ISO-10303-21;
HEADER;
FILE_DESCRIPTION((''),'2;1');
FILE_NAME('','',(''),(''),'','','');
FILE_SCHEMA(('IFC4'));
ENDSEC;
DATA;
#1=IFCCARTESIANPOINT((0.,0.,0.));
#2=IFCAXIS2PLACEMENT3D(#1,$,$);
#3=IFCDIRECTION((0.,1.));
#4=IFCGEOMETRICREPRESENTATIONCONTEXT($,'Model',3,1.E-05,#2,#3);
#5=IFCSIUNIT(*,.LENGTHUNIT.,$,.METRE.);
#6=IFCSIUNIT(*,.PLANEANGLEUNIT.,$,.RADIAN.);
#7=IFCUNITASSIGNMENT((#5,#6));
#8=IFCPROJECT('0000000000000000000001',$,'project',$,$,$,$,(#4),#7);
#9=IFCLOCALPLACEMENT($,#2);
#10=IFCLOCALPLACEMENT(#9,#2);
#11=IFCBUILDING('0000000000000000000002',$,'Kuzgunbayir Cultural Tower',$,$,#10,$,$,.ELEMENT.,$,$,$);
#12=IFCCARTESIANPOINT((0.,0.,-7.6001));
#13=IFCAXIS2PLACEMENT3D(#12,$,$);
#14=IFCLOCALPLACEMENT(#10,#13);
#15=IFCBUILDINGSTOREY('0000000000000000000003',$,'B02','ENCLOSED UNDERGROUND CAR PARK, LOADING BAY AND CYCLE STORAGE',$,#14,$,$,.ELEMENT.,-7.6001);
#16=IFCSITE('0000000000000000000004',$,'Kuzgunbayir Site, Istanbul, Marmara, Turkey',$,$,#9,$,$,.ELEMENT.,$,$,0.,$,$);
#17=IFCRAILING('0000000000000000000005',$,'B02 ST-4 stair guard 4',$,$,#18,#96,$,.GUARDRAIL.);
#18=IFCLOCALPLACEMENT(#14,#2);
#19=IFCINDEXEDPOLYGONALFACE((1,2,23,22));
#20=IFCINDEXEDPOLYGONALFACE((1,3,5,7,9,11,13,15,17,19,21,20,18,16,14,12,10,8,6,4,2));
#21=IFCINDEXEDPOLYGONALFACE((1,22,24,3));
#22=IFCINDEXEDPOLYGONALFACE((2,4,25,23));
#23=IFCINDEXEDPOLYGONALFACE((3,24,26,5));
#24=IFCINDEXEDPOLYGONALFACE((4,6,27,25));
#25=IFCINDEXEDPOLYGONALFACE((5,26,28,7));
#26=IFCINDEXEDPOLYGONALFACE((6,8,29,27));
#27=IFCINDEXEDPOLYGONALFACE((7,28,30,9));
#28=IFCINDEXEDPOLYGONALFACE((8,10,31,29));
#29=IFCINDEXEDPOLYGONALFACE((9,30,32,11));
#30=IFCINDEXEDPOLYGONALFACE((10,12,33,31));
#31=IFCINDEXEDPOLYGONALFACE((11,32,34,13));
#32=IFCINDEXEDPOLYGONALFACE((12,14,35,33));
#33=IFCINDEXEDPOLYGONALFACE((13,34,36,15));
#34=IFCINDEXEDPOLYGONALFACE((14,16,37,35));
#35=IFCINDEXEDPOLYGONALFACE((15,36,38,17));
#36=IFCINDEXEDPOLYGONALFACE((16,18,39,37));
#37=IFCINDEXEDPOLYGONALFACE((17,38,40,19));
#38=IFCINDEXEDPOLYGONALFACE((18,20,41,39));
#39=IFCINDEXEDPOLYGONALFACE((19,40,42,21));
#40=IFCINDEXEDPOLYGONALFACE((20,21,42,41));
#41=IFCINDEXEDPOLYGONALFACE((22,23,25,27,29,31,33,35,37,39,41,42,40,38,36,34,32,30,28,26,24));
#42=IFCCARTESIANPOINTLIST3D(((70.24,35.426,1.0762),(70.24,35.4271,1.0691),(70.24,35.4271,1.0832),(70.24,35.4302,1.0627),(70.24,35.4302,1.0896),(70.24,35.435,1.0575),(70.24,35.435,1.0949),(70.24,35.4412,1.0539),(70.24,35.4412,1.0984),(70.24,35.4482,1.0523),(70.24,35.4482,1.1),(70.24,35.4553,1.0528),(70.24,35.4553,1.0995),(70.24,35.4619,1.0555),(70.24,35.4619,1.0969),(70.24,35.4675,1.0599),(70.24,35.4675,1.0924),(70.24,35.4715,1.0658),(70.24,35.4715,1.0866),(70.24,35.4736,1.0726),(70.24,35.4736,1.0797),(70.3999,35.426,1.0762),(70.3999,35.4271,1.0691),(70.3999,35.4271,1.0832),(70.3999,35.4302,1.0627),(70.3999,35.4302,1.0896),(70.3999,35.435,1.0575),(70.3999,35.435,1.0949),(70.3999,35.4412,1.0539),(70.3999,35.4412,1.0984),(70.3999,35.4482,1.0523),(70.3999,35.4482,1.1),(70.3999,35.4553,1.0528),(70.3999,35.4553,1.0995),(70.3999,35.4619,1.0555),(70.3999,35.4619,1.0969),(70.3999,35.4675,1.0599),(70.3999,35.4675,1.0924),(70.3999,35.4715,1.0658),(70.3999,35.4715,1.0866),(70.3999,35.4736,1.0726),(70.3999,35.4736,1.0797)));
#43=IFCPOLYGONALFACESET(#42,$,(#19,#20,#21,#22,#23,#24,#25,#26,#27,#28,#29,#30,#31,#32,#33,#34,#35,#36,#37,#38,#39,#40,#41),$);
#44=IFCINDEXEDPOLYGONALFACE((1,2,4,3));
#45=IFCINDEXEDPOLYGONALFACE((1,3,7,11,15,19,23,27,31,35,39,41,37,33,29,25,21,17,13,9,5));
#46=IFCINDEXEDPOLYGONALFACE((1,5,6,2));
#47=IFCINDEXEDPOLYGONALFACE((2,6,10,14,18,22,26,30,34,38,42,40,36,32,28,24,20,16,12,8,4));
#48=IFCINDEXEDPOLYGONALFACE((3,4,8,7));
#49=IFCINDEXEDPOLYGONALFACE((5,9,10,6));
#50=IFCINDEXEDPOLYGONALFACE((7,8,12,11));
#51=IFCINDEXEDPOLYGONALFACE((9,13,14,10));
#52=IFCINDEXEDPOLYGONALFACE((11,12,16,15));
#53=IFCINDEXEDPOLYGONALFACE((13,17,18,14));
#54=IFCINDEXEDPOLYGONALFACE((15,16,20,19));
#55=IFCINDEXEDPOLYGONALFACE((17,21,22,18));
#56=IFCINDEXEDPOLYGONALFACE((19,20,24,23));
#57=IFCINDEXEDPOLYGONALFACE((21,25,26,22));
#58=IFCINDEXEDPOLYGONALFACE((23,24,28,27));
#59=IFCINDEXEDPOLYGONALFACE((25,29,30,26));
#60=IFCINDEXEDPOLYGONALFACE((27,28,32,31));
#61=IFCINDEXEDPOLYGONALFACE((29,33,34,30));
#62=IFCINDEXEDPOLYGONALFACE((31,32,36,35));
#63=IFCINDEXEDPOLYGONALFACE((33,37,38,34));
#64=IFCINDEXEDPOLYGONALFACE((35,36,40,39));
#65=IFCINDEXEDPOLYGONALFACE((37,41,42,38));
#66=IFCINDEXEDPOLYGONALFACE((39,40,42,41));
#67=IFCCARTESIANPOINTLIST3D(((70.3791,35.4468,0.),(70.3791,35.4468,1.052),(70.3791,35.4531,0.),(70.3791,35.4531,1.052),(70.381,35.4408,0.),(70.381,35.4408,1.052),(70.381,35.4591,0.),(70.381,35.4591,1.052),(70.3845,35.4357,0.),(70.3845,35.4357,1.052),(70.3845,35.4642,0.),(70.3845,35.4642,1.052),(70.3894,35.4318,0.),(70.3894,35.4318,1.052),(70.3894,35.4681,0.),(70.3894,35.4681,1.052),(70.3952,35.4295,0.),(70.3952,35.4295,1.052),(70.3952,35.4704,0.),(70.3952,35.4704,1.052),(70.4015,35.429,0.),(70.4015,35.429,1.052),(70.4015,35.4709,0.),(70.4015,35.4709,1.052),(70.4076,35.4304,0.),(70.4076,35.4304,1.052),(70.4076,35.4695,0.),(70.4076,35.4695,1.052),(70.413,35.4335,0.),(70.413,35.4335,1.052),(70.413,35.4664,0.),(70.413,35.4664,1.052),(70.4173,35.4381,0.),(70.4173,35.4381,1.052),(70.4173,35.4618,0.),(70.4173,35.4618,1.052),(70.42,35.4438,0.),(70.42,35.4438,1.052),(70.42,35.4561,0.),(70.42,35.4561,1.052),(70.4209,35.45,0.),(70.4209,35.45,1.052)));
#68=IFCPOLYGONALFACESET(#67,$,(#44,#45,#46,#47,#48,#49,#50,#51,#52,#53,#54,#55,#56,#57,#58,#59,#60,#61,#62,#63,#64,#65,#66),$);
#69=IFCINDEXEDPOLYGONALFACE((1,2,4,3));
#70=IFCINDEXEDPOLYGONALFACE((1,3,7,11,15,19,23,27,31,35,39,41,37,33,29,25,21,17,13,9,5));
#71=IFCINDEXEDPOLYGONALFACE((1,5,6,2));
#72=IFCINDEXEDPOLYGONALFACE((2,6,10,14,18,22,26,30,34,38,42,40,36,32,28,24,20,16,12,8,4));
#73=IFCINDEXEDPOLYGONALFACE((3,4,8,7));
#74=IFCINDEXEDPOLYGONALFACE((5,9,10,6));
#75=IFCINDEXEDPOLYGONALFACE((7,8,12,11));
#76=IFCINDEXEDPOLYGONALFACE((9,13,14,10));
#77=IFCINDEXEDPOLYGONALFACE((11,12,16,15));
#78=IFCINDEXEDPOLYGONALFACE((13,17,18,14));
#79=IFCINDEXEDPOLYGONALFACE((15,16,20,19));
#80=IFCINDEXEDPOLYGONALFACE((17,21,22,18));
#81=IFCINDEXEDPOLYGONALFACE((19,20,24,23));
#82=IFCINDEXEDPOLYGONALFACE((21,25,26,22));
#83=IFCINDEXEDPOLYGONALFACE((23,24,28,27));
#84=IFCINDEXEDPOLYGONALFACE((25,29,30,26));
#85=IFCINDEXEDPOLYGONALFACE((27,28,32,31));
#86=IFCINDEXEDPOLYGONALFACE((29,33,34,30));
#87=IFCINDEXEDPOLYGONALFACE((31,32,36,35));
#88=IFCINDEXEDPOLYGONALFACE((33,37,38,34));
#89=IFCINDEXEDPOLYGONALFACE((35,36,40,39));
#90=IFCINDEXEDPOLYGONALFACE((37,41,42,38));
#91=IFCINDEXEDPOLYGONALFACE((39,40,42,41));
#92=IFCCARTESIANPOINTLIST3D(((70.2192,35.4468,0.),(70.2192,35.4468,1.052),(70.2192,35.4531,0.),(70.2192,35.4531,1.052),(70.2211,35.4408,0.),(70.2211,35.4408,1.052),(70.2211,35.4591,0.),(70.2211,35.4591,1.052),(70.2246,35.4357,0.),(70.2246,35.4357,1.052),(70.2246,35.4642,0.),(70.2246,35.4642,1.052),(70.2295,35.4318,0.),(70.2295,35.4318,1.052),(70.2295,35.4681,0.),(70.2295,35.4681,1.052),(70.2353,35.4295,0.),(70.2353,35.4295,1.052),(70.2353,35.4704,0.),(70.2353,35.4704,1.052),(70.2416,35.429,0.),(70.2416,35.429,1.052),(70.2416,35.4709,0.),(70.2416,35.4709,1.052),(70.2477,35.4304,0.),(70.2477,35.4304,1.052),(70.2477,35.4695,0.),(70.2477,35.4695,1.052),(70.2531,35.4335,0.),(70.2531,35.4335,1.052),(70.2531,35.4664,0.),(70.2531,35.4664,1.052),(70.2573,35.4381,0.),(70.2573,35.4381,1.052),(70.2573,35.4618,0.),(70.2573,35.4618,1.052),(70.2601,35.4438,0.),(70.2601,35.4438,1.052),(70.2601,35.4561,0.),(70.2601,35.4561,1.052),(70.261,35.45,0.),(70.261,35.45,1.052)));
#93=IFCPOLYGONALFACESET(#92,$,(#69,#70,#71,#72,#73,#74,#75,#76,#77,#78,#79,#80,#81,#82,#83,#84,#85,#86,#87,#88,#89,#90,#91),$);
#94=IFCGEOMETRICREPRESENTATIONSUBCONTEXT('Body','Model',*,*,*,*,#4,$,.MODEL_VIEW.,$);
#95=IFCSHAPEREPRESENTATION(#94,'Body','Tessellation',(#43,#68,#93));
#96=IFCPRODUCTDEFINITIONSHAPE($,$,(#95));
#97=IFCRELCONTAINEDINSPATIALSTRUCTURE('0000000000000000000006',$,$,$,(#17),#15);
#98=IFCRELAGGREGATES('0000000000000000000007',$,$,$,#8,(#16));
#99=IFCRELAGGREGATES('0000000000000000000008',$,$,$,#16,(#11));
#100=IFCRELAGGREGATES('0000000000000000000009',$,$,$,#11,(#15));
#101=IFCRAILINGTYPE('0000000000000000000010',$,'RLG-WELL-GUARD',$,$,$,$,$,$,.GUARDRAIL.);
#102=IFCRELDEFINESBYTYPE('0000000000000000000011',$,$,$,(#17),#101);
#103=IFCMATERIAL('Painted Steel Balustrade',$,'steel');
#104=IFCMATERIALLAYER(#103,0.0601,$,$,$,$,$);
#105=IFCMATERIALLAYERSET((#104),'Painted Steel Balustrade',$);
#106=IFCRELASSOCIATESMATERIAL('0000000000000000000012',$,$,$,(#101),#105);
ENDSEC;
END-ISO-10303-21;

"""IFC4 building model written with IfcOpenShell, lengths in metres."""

from ifc_helpers import new_model, si_unit, direction, frame, origin, origin_2d, place, context, subcontext, project, spatial, circle, extrude, material, layer, layer_set, type_object, element, save


model = new_model("IFC4")

# Units and contexts
model_context = context("Model", 3, precision=1e-05, world=origin(), true_north=direction((0.0, 1.0)))
body_context = subcontext(model_context, "Body", "Model", "MODEL_VIEW")
ifc_project = project(units=[si_unit("LENGTHUNIT", "METRE"), si_unit("PLANEANGLEUNIT", "RADIAN")], contexts=[model_context])

# Site, building, storey
site_placement = place(None, origin())
site = spatial("IfcSite", under=ifc_project, at=site_placement, Name="Kuzgunbayir Site, Istanbul, Marmara, Turkey", CompositionType="ELEMENT", RefElevation=0.0)
building_placement = place(site_placement, origin())
building = spatial("IfcBuilding", under=site, at=building_placement, Name="Kuzgunbayir Cultural Tower", CompositionType="ELEMENT")
storey_placement = place(building_placement, frame((0.0, 0.0, -7.6001)))
storey = spatial("IfcBuildingStorey", under=building, at=storey_placement, Name="B02", Description="ENCLOSED UNDERGROUND CAR PARK, LOADING BAY AND CYCLE STORAGE", CompositionType="ELEMENT", Elevation=-7.6001)

# Railing
ifc_material_1 = material(Name="Painted Steel Balustrade", Category="steel")
ifc_layer_1 = layer(ifc_material_1, 0.0601)
ifc_layer_set_1 = layer_set([ifc_layer_1], Name="Painted Steel Balustrade")
railing_type = type_object("IfcRailingType", Name="RLG-WELL-GUARD", PredefinedType="GUARDRAIL", material=ifc_layer_set_1)
railing_1_placement = place(storey_placement, frame((70.3999, 35.45, 0.0)))
element("IfcRailing", 1, at=railing_1_placement, inside=storey, type_object=railing_type, Name="B02 ST-4 stair guard 4", PredefinedType="GUARDRAIL", context=body_context, shape_type="SweptSolid", body=[
    extrude(circle(Radius=0.0239, at=origin_2d()), frame((0.0, 0.0, 1.0762), z_axis=(-1.0, 0.0, 0.0), x_axis=(0.0, -1.0, 0.0)), (0.0, 0.0, 1.0), 0.1599),
    extrude(circle(Radius=0.021, at=origin_2d()), origin(), (0.0, 0.0, 1.0), 1.052),
    extrude(circle(Radius=0.021, at=origin_2d()), frame((-0.1599, 0.0, 0.0)), (0.0, 0.0, 1.0), 1.052),
])

save(model, "model.ifc")
